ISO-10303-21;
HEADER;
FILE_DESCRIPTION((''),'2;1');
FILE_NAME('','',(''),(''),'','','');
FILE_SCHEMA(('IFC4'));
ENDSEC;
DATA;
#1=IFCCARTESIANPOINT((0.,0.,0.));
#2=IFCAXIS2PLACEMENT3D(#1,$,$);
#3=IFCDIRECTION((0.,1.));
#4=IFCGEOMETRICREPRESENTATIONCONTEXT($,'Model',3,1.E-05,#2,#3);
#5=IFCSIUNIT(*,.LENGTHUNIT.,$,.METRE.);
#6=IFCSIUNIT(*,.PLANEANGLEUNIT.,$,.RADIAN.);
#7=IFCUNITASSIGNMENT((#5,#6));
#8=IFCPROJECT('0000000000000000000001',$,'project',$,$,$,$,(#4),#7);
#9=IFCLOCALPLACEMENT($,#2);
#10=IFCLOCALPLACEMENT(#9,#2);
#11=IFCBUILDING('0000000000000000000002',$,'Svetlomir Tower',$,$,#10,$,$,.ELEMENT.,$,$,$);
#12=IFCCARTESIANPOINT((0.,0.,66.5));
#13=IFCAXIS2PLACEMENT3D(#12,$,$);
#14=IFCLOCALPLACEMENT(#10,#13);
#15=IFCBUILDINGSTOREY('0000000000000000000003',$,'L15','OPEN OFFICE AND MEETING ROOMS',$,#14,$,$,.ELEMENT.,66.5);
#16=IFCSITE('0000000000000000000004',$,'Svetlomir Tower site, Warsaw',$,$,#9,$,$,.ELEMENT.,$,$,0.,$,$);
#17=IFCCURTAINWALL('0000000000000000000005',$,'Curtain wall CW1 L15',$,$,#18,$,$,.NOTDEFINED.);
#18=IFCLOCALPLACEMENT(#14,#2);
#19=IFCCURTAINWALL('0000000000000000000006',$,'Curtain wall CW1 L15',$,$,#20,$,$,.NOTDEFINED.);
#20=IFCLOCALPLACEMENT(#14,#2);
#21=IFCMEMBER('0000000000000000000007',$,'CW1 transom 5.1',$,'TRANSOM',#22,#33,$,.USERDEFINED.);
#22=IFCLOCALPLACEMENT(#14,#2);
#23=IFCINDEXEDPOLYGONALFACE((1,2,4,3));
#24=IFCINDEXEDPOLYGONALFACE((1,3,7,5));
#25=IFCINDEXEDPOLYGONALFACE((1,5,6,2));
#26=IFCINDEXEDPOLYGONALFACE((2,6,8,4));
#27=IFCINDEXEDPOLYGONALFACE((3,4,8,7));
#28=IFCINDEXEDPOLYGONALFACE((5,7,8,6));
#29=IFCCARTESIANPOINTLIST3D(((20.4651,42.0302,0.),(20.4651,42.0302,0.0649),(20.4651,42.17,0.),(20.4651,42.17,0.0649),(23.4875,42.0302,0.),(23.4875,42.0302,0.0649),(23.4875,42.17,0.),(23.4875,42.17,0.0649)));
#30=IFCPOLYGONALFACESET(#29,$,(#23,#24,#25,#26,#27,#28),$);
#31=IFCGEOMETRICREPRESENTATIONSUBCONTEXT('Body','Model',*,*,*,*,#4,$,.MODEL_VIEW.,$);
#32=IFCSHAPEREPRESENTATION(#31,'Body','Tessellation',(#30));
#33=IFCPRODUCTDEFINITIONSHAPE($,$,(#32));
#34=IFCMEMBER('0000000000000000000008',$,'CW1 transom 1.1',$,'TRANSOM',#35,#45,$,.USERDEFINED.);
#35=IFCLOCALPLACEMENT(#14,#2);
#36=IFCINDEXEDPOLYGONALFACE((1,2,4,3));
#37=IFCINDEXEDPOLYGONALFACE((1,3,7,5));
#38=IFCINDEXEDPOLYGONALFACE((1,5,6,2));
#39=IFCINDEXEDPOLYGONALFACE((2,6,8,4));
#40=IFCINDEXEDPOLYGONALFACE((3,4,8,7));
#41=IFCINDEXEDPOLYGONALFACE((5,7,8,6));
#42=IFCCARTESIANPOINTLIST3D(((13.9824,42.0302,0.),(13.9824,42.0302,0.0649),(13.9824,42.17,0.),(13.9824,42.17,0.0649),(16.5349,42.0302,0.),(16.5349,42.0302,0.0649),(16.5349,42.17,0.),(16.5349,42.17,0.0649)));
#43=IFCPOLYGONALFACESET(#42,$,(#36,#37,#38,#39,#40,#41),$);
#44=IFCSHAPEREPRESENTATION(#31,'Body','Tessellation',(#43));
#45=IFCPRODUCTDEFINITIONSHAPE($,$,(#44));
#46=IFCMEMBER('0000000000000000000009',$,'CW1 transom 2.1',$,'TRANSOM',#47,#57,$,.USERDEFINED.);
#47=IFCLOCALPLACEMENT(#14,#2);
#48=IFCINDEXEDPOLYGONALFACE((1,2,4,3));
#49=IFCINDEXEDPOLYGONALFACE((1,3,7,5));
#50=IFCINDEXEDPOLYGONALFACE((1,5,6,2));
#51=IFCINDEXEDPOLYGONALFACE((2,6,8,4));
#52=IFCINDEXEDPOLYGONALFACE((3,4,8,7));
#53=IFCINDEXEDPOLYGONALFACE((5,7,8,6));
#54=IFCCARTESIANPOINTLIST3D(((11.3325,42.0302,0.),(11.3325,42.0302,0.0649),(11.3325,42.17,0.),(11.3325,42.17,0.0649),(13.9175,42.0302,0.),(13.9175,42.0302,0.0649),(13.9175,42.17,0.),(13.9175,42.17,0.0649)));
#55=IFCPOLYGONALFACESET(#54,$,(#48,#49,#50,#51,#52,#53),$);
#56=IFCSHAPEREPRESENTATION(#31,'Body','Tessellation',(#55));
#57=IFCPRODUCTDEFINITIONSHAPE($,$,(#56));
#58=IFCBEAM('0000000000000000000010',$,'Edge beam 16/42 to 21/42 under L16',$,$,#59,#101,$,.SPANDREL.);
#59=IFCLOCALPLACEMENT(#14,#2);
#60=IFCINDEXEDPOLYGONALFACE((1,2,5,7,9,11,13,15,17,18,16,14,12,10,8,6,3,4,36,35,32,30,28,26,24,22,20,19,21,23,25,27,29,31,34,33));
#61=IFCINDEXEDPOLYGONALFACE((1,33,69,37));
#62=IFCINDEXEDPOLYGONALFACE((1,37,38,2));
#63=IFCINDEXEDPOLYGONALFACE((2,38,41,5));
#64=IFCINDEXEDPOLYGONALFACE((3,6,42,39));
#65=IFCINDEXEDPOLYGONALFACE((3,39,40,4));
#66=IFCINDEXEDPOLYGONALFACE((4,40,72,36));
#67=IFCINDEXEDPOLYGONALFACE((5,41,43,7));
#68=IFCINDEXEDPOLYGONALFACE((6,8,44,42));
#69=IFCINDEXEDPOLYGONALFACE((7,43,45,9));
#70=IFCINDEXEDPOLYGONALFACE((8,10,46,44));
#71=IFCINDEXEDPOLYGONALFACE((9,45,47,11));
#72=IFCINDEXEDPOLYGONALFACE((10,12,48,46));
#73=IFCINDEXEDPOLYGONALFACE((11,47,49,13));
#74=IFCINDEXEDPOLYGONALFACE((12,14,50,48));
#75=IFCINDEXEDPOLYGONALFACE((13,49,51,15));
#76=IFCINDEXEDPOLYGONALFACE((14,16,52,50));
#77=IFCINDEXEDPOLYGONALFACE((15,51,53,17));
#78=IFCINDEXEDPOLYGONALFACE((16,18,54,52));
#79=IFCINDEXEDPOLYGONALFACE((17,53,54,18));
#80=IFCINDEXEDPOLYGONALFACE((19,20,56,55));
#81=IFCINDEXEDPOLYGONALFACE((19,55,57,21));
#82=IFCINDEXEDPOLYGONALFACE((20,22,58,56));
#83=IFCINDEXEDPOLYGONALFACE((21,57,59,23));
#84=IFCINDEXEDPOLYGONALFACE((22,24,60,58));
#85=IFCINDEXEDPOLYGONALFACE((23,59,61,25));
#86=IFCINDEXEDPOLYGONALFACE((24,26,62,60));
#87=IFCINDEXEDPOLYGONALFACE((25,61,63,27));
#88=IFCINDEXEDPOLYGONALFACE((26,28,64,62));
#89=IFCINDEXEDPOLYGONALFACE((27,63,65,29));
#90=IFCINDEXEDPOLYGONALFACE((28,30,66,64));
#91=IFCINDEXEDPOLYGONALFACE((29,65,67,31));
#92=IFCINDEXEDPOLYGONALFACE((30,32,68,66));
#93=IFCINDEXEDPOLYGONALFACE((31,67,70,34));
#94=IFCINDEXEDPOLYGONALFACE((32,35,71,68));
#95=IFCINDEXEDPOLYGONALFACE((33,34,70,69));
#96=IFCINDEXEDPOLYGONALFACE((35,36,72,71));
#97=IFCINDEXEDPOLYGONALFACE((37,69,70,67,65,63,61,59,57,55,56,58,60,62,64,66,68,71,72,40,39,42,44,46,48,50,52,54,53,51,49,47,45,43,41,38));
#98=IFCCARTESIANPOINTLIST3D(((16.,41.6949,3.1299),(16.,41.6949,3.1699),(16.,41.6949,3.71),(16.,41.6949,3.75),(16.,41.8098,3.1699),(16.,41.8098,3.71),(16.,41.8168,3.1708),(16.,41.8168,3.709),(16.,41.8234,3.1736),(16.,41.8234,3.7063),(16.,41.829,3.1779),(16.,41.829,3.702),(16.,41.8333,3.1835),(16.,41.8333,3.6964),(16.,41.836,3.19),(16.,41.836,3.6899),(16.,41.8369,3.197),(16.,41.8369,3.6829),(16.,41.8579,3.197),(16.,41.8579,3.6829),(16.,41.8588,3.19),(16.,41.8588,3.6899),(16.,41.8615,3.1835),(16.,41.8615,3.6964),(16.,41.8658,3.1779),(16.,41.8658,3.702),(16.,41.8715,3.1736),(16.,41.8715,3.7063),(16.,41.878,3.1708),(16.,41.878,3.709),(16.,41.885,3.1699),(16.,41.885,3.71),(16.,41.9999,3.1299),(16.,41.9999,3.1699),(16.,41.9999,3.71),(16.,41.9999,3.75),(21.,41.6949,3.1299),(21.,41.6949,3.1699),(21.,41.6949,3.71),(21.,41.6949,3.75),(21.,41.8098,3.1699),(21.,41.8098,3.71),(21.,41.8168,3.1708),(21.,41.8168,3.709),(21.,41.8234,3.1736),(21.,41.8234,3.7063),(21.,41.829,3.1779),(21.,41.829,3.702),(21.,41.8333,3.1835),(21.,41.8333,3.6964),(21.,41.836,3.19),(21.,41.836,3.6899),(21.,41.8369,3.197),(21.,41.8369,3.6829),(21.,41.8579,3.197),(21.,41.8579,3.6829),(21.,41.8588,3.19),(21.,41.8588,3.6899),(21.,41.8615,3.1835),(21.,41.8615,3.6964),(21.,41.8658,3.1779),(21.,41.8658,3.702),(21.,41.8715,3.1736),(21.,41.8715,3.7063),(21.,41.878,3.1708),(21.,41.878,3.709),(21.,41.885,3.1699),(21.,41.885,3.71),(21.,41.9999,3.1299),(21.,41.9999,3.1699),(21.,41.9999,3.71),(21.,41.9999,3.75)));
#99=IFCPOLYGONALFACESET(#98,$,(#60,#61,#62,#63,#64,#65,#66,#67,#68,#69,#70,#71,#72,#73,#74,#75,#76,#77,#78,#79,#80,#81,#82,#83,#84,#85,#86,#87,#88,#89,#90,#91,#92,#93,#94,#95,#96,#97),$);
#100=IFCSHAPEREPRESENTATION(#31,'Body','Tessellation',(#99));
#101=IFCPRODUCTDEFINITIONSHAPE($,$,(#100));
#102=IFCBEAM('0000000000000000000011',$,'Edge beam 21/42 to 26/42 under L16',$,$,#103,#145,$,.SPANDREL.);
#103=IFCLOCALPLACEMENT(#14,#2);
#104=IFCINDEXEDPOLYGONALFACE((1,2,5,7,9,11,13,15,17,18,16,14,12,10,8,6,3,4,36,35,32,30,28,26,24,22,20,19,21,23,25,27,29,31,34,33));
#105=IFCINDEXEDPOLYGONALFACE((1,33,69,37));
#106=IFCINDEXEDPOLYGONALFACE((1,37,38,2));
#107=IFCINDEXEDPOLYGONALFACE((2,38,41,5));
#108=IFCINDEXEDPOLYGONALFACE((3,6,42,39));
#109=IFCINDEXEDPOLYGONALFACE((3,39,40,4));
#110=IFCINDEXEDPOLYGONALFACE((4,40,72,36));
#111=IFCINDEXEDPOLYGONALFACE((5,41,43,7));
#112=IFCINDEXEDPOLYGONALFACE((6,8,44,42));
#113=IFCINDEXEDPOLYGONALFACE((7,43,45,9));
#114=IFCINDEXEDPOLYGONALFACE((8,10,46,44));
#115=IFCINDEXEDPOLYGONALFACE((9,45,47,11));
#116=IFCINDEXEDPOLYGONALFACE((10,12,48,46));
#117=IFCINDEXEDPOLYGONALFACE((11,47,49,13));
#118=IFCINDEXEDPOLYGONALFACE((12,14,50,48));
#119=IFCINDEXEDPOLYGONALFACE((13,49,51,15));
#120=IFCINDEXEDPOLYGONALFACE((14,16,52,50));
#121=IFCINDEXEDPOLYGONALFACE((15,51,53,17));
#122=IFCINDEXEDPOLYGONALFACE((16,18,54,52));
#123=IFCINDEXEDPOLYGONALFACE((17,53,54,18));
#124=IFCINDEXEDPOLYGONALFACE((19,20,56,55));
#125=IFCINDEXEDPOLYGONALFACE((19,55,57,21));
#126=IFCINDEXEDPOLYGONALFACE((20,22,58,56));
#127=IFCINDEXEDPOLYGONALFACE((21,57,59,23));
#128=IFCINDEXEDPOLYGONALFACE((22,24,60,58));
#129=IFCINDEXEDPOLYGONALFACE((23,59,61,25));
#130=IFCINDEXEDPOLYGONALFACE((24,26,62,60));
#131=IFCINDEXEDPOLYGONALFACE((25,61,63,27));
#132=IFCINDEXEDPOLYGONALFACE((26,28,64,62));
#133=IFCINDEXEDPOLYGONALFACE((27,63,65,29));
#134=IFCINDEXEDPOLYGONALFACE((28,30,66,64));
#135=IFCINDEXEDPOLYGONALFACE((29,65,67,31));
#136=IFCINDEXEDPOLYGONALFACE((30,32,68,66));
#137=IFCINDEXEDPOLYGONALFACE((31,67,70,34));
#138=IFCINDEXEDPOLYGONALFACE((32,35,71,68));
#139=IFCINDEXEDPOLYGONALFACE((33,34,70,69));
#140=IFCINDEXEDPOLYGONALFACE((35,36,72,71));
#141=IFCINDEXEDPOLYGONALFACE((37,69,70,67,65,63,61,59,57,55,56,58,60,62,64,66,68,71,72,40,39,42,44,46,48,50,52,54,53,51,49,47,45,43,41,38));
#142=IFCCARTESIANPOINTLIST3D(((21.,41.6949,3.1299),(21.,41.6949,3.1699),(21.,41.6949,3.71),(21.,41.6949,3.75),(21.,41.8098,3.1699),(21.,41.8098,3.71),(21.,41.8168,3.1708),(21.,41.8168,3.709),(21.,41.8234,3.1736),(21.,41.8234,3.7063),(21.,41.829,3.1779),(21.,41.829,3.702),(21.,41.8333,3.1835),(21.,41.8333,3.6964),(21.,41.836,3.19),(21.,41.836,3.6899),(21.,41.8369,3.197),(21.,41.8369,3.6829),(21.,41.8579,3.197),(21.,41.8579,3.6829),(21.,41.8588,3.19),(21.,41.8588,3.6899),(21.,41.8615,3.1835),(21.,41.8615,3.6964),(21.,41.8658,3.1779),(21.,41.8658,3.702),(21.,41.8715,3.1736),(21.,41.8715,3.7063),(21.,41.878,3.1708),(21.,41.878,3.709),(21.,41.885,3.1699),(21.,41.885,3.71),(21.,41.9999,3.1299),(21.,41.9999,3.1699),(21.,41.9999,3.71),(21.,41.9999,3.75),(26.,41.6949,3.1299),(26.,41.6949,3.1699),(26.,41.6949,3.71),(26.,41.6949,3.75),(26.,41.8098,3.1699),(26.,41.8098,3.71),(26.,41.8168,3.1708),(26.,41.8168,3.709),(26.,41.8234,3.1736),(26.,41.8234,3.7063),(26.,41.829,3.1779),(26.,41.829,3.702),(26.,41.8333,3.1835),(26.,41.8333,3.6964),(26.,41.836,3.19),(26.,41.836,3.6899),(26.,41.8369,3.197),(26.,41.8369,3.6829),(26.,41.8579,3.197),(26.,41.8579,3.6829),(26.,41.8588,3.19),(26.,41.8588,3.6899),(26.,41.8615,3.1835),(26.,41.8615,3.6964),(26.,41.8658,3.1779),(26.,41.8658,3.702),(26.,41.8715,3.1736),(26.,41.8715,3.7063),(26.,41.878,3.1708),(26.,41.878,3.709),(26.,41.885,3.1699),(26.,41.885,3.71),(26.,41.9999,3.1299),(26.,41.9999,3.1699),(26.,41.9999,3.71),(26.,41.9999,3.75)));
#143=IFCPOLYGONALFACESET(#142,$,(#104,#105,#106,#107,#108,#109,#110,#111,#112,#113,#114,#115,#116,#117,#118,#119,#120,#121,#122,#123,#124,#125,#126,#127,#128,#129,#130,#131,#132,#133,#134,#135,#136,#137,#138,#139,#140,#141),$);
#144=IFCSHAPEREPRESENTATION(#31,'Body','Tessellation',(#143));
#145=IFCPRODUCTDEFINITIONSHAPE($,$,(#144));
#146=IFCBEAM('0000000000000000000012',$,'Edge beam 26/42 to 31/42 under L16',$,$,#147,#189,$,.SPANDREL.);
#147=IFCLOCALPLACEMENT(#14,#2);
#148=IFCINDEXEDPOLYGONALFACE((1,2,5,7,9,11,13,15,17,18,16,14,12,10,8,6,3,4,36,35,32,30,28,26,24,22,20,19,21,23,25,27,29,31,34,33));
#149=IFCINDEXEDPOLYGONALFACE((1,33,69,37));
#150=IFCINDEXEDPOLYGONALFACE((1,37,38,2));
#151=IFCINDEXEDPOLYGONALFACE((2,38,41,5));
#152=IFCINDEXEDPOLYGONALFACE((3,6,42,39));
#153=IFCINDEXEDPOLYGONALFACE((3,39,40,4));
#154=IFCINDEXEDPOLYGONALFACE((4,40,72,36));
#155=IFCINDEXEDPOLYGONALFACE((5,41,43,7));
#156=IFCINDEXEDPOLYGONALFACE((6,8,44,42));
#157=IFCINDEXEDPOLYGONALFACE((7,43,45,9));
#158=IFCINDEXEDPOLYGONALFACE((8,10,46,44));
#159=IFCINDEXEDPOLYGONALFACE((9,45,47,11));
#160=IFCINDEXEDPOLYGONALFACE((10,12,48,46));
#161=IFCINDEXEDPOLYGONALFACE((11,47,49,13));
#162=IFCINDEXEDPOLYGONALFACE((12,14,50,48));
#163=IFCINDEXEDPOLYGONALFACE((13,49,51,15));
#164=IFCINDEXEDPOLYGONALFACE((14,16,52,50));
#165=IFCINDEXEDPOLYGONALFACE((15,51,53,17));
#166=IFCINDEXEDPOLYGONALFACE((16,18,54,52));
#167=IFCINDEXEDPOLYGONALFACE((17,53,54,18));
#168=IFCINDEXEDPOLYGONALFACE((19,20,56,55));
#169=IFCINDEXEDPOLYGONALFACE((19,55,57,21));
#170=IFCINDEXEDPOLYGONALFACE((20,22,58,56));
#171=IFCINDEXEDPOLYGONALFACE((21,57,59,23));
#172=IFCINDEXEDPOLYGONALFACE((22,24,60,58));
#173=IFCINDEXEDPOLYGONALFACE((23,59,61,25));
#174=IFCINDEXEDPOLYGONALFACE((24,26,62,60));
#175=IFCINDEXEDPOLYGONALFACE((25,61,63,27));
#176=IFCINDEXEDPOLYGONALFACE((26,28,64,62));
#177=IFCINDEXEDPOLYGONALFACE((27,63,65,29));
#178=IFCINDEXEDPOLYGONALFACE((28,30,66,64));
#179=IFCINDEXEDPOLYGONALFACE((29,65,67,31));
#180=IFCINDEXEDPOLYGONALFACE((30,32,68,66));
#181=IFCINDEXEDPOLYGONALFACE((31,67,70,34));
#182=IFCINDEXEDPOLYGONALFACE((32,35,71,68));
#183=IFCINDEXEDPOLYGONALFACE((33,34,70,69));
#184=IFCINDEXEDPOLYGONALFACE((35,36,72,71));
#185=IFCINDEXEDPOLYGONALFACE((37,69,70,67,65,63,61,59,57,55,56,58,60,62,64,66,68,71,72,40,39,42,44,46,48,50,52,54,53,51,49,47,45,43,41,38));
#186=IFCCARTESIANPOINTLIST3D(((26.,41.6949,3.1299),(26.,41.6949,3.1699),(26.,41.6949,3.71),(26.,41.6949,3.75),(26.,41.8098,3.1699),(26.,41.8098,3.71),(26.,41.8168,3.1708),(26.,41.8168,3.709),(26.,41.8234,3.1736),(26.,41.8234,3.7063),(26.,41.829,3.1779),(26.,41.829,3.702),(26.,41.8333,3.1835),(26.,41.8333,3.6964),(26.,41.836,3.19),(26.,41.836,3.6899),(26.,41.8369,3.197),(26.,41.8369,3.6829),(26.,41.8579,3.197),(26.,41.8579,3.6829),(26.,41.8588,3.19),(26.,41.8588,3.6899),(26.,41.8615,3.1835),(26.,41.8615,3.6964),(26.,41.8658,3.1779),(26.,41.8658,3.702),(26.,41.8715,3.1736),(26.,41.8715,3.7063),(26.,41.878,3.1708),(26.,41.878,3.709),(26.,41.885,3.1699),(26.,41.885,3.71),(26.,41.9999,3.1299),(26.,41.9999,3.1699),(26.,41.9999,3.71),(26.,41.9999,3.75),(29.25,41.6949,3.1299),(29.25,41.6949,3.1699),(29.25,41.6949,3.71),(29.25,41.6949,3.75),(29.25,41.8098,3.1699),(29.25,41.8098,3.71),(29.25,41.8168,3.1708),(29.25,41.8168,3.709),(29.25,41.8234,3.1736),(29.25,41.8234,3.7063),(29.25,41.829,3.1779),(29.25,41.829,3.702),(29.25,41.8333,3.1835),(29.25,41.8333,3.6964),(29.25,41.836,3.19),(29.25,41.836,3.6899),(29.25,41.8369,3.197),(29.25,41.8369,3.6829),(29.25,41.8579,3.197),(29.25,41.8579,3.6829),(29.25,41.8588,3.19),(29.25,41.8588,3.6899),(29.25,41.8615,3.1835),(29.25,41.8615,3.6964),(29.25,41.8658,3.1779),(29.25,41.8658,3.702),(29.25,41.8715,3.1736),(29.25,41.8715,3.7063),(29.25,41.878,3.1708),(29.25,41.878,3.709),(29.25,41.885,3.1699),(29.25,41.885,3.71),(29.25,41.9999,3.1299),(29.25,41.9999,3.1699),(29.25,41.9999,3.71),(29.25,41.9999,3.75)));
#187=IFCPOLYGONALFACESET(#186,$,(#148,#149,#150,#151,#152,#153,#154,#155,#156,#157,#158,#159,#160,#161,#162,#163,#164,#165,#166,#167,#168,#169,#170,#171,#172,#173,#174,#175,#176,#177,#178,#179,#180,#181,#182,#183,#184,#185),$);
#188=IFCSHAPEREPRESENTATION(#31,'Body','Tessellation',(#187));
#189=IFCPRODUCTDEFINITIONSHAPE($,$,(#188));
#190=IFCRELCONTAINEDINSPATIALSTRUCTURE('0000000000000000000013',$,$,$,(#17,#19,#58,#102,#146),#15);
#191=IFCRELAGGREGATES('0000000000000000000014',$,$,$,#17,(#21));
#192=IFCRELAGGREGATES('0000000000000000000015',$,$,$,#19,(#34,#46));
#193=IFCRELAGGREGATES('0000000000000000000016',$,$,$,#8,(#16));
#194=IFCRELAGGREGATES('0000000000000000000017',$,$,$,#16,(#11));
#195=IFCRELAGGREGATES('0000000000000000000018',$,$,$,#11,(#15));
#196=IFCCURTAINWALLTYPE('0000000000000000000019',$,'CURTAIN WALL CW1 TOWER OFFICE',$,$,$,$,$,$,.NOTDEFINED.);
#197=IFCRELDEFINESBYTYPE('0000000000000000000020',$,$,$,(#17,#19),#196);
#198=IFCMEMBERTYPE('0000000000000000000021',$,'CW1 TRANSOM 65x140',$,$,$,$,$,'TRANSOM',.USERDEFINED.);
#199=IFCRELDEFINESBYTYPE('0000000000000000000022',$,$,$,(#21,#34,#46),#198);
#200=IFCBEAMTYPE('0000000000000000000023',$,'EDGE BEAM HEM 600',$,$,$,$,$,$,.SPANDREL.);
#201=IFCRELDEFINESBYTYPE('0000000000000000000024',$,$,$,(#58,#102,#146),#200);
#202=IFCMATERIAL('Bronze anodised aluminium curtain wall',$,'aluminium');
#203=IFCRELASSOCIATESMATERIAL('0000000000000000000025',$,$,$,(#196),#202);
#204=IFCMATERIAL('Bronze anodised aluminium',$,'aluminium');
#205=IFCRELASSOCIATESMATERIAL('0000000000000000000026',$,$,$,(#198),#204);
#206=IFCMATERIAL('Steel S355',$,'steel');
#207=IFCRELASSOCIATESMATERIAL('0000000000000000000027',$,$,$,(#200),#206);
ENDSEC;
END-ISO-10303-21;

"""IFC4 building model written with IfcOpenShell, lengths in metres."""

from ifc_helpers import new_model, si_unit, direction, frame, origin, origin_2d, place, context, subcontext, project, spatial, rectangle, i_section, extrude, material, material_profile, profile_set, type_object, element, aggregate, save


model = new_model("IFC4")

# Units and contexts
model_context = context("Model", 3, precision=1e-05, world=origin(), true_north=direction((0.0, 1.0)))
body_context = subcontext(model_context, "Body", "Model", "MODEL_VIEW")
ifc_project = project(units=[si_unit("LENGTHUNIT", "METRE"), si_unit("PLANEANGLEUNIT", "RADIAN")], contexts=[model_context])

# Site, building, storey
site_placement = place(None, origin())
site = spatial("IfcSite", under=ifc_project, at=site_placement, Name="Svetlomir Tower site, Warsaw", CompositionType="ELEMENT", RefElevation=0.0)
building_placement = place(site_placement, origin())
building = spatial("IfcBuilding", under=site, at=building_placement, Name="Svetlomir Tower", CompositionType="ELEMENT")
storey_placement = place(building_placement, frame((0.0, 0.0, 66.5)))
storey = spatial("IfcBuildingStorey", under=building, at=storey_placement, Name="L15", Description="OPEN OFFICE AND MEETING ROOMS", CompositionType="ELEMENT", Elevation=66.5)

# Curtain walls
ifc_material_1 = material(Name="Bronze anodised aluminium curtain wall", Category="aluminium")
curtain_wall_type = type_object("IfcCurtainWallType", Name="CURTAIN WALL CW1 TOWER OFFICE", PredefinedType="NOTDEFINED", material=ifc_material_1)
curtain_wall_1_placement = place(storey_placement, origin())
curtain_wall_1 = element("IfcCurtainWall", 1, at=curtain_wall_1_placement, inside=storey, type_object=curtain_wall_type, Name="Curtain wall CW1 L15", PredefinedType="NOTDEFINED")
curtain_wall_2_placement = place(storey_placement, origin())
curtain_wall_2 = element("IfcCurtainWall", 2, at=curtain_wall_2_placement, inside=storey, type_object=curtain_wall_type, Name="Curtain wall CW1 L15", PredefinedType="NOTDEFINED")

# Members
ifc_material_2 = material(Name="Bronze anodised aluminium", Category="aluminium")
ifc_material_profile_1 = material_profile(ifc_material_2, rectangle(XDim=0.1399, YDim=0.0649, at=origin_2d()), Name="AL 140x65")
ifc_profile_set_1 = profile_set([ifc_material_profile_1], Name="Bronze anodised aluminium 6063-T6")
member_type_1 = type_object("IfcMemberType", Name="CW1 TRANSOM 65x140", ElementType="TRANSOM", PredefinedType="USERDEFINED", material=ifc_profile_set_1)
member_1_placement = place(storey_placement, frame((23.4875, 42.1001, 0.0325), z_axis=(-1.0, 0.0, 0.0), x_axis=(0.0, -1.0, 0.0)))
member_1 = element("IfcMember", 3, at=member_1_placement, type_object=member_type_1, Name="CW1 transom 5.1", ObjectType="TRANSOM", PredefinedType="USERDEFINED", context=body_context, shape_type="SweptSolid", body=[
    extrude(rectangle(XDim=0.1399, YDim=0.0649, at=origin_2d()), origin(), (0.0, 0.0, 1.0), 3.0225),
])
member_2_placement = place(storey_placement, frame((16.5349, 42.1001, 0.0325), z_axis=(-1.0, 0.0, 0.0), x_axis=(0.0, -1.0, 0.0)))
member_2 = element("IfcMember", 4, at=member_2_placement, type_object=member_type_1, Name="CW1 transom 1.1", ObjectType="TRANSOM", PredefinedType="USERDEFINED", context=body_context, shape_type="SweptSolid", body=[
    extrude(rectangle(XDim=0.1399, YDim=0.0649, at=origin_2d()), origin(), (0.0, 0.0, 1.0), 2.5525),
])
member_3_placement = place(storey_placement, frame((13.9175, 42.1001, 0.0325), z_axis=(-1.0, 0.0, 0.0), x_axis=(0.0, -1.0, 0.0)))
member_3 = element("IfcMember", 5, at=member_3_placement, type_object=member_type_1, Name="CW1 transom 2.1", ObjectType="TRANSOM", PredefinedType="USERDEFINED", context=body_context, shape_type="SweptSolid", body=[
    extrude(rectangle(XDim=0.1399, YDim=0.0649, at=origin_2d()), origin(), (0.0, 0.0, 1.0), 2.585),
])

# Beams
ifc_material_3 = material(Name="Steel S355", Category="steel")
ifc_material_profile_2 = material_profile(ifc_material_3, i_section(OverallWidth=0.3049, OverallDepth=0.6201, WebThickness=0.021, FlangeThickness=0.04, FilletRadius=0.0271, at=origin_2d()), Name="HEM 600")
ifc_profile_set_2 = profile_set([ifc_material_profile_2], Name="Steel S355")
beam_type_1 = type_object("IfcBeamType", Name="EDGE BEAM HEM 600", PredefinedType="SPANDREL", material=ifc_profile_set_2)
for number, where, z_axis, x_axis, name in (
    (6, (16.0, 41.8474, 3.4399), (1.0, 0.0, 0.0), (0.0, 1.0, 0.0), "Edge beam 16/42 to 21/42 under L16"),
    (7, (21.0, 41.8474, 3.4399), (1.0, 0.0, 0.0), (0.0, 1.0, 0.0), "Edge beam 21/42 to 26/42 under L16"),
):
    element("IfcBeam", number, at=place(storey_placement, frame(where, z_axis=z_axis, x_axis=x_axis)), inside=storey, type_object=beam_type_1, Name=name, PredefinedType="SPANDREL", context=body_context, shape_type="SweptSolid", body=[
        extrude(i_section(OverallWidth=0.3049, OverallDepth=0.6201, WebThickness=0.021, FlangeThickness=0.04, FilletRadius=0.0271, at=origin_2d()), origin(), (0.0, 0.0, 1.0), 5.0),
    ])
beam_1_placement = place(storey_placement, frame((26.0, 41.8474, 3.4399), z_axis=(1.0, 0.0, 0.0), x_axis=(0.0, 1.0, 0.0)))
element("IfcBeam", 8, at=beam_1_placement, inside=storey, type_object=beam_type_1, Name="Edge beam 26/42 to 31/42 under L16", PredefinedType="SPANDREL", context=body_context, shape_type="SweptSolid", body=[
    extrude(i_section(OverallWidth=0.3049, OverallDepth=0.6201, WebThickness=0.021, FlangeThickness=0.04, FilletRadius=0.0271, at=origin_2d()), origin(), (0.0, 0.0, 1.0), 3.25),
])

aggregate(curtain_wall_1, [member_1])
aggregate(curtain_wall_2, [member_2, member_3])

save(model, "model.ifc")
